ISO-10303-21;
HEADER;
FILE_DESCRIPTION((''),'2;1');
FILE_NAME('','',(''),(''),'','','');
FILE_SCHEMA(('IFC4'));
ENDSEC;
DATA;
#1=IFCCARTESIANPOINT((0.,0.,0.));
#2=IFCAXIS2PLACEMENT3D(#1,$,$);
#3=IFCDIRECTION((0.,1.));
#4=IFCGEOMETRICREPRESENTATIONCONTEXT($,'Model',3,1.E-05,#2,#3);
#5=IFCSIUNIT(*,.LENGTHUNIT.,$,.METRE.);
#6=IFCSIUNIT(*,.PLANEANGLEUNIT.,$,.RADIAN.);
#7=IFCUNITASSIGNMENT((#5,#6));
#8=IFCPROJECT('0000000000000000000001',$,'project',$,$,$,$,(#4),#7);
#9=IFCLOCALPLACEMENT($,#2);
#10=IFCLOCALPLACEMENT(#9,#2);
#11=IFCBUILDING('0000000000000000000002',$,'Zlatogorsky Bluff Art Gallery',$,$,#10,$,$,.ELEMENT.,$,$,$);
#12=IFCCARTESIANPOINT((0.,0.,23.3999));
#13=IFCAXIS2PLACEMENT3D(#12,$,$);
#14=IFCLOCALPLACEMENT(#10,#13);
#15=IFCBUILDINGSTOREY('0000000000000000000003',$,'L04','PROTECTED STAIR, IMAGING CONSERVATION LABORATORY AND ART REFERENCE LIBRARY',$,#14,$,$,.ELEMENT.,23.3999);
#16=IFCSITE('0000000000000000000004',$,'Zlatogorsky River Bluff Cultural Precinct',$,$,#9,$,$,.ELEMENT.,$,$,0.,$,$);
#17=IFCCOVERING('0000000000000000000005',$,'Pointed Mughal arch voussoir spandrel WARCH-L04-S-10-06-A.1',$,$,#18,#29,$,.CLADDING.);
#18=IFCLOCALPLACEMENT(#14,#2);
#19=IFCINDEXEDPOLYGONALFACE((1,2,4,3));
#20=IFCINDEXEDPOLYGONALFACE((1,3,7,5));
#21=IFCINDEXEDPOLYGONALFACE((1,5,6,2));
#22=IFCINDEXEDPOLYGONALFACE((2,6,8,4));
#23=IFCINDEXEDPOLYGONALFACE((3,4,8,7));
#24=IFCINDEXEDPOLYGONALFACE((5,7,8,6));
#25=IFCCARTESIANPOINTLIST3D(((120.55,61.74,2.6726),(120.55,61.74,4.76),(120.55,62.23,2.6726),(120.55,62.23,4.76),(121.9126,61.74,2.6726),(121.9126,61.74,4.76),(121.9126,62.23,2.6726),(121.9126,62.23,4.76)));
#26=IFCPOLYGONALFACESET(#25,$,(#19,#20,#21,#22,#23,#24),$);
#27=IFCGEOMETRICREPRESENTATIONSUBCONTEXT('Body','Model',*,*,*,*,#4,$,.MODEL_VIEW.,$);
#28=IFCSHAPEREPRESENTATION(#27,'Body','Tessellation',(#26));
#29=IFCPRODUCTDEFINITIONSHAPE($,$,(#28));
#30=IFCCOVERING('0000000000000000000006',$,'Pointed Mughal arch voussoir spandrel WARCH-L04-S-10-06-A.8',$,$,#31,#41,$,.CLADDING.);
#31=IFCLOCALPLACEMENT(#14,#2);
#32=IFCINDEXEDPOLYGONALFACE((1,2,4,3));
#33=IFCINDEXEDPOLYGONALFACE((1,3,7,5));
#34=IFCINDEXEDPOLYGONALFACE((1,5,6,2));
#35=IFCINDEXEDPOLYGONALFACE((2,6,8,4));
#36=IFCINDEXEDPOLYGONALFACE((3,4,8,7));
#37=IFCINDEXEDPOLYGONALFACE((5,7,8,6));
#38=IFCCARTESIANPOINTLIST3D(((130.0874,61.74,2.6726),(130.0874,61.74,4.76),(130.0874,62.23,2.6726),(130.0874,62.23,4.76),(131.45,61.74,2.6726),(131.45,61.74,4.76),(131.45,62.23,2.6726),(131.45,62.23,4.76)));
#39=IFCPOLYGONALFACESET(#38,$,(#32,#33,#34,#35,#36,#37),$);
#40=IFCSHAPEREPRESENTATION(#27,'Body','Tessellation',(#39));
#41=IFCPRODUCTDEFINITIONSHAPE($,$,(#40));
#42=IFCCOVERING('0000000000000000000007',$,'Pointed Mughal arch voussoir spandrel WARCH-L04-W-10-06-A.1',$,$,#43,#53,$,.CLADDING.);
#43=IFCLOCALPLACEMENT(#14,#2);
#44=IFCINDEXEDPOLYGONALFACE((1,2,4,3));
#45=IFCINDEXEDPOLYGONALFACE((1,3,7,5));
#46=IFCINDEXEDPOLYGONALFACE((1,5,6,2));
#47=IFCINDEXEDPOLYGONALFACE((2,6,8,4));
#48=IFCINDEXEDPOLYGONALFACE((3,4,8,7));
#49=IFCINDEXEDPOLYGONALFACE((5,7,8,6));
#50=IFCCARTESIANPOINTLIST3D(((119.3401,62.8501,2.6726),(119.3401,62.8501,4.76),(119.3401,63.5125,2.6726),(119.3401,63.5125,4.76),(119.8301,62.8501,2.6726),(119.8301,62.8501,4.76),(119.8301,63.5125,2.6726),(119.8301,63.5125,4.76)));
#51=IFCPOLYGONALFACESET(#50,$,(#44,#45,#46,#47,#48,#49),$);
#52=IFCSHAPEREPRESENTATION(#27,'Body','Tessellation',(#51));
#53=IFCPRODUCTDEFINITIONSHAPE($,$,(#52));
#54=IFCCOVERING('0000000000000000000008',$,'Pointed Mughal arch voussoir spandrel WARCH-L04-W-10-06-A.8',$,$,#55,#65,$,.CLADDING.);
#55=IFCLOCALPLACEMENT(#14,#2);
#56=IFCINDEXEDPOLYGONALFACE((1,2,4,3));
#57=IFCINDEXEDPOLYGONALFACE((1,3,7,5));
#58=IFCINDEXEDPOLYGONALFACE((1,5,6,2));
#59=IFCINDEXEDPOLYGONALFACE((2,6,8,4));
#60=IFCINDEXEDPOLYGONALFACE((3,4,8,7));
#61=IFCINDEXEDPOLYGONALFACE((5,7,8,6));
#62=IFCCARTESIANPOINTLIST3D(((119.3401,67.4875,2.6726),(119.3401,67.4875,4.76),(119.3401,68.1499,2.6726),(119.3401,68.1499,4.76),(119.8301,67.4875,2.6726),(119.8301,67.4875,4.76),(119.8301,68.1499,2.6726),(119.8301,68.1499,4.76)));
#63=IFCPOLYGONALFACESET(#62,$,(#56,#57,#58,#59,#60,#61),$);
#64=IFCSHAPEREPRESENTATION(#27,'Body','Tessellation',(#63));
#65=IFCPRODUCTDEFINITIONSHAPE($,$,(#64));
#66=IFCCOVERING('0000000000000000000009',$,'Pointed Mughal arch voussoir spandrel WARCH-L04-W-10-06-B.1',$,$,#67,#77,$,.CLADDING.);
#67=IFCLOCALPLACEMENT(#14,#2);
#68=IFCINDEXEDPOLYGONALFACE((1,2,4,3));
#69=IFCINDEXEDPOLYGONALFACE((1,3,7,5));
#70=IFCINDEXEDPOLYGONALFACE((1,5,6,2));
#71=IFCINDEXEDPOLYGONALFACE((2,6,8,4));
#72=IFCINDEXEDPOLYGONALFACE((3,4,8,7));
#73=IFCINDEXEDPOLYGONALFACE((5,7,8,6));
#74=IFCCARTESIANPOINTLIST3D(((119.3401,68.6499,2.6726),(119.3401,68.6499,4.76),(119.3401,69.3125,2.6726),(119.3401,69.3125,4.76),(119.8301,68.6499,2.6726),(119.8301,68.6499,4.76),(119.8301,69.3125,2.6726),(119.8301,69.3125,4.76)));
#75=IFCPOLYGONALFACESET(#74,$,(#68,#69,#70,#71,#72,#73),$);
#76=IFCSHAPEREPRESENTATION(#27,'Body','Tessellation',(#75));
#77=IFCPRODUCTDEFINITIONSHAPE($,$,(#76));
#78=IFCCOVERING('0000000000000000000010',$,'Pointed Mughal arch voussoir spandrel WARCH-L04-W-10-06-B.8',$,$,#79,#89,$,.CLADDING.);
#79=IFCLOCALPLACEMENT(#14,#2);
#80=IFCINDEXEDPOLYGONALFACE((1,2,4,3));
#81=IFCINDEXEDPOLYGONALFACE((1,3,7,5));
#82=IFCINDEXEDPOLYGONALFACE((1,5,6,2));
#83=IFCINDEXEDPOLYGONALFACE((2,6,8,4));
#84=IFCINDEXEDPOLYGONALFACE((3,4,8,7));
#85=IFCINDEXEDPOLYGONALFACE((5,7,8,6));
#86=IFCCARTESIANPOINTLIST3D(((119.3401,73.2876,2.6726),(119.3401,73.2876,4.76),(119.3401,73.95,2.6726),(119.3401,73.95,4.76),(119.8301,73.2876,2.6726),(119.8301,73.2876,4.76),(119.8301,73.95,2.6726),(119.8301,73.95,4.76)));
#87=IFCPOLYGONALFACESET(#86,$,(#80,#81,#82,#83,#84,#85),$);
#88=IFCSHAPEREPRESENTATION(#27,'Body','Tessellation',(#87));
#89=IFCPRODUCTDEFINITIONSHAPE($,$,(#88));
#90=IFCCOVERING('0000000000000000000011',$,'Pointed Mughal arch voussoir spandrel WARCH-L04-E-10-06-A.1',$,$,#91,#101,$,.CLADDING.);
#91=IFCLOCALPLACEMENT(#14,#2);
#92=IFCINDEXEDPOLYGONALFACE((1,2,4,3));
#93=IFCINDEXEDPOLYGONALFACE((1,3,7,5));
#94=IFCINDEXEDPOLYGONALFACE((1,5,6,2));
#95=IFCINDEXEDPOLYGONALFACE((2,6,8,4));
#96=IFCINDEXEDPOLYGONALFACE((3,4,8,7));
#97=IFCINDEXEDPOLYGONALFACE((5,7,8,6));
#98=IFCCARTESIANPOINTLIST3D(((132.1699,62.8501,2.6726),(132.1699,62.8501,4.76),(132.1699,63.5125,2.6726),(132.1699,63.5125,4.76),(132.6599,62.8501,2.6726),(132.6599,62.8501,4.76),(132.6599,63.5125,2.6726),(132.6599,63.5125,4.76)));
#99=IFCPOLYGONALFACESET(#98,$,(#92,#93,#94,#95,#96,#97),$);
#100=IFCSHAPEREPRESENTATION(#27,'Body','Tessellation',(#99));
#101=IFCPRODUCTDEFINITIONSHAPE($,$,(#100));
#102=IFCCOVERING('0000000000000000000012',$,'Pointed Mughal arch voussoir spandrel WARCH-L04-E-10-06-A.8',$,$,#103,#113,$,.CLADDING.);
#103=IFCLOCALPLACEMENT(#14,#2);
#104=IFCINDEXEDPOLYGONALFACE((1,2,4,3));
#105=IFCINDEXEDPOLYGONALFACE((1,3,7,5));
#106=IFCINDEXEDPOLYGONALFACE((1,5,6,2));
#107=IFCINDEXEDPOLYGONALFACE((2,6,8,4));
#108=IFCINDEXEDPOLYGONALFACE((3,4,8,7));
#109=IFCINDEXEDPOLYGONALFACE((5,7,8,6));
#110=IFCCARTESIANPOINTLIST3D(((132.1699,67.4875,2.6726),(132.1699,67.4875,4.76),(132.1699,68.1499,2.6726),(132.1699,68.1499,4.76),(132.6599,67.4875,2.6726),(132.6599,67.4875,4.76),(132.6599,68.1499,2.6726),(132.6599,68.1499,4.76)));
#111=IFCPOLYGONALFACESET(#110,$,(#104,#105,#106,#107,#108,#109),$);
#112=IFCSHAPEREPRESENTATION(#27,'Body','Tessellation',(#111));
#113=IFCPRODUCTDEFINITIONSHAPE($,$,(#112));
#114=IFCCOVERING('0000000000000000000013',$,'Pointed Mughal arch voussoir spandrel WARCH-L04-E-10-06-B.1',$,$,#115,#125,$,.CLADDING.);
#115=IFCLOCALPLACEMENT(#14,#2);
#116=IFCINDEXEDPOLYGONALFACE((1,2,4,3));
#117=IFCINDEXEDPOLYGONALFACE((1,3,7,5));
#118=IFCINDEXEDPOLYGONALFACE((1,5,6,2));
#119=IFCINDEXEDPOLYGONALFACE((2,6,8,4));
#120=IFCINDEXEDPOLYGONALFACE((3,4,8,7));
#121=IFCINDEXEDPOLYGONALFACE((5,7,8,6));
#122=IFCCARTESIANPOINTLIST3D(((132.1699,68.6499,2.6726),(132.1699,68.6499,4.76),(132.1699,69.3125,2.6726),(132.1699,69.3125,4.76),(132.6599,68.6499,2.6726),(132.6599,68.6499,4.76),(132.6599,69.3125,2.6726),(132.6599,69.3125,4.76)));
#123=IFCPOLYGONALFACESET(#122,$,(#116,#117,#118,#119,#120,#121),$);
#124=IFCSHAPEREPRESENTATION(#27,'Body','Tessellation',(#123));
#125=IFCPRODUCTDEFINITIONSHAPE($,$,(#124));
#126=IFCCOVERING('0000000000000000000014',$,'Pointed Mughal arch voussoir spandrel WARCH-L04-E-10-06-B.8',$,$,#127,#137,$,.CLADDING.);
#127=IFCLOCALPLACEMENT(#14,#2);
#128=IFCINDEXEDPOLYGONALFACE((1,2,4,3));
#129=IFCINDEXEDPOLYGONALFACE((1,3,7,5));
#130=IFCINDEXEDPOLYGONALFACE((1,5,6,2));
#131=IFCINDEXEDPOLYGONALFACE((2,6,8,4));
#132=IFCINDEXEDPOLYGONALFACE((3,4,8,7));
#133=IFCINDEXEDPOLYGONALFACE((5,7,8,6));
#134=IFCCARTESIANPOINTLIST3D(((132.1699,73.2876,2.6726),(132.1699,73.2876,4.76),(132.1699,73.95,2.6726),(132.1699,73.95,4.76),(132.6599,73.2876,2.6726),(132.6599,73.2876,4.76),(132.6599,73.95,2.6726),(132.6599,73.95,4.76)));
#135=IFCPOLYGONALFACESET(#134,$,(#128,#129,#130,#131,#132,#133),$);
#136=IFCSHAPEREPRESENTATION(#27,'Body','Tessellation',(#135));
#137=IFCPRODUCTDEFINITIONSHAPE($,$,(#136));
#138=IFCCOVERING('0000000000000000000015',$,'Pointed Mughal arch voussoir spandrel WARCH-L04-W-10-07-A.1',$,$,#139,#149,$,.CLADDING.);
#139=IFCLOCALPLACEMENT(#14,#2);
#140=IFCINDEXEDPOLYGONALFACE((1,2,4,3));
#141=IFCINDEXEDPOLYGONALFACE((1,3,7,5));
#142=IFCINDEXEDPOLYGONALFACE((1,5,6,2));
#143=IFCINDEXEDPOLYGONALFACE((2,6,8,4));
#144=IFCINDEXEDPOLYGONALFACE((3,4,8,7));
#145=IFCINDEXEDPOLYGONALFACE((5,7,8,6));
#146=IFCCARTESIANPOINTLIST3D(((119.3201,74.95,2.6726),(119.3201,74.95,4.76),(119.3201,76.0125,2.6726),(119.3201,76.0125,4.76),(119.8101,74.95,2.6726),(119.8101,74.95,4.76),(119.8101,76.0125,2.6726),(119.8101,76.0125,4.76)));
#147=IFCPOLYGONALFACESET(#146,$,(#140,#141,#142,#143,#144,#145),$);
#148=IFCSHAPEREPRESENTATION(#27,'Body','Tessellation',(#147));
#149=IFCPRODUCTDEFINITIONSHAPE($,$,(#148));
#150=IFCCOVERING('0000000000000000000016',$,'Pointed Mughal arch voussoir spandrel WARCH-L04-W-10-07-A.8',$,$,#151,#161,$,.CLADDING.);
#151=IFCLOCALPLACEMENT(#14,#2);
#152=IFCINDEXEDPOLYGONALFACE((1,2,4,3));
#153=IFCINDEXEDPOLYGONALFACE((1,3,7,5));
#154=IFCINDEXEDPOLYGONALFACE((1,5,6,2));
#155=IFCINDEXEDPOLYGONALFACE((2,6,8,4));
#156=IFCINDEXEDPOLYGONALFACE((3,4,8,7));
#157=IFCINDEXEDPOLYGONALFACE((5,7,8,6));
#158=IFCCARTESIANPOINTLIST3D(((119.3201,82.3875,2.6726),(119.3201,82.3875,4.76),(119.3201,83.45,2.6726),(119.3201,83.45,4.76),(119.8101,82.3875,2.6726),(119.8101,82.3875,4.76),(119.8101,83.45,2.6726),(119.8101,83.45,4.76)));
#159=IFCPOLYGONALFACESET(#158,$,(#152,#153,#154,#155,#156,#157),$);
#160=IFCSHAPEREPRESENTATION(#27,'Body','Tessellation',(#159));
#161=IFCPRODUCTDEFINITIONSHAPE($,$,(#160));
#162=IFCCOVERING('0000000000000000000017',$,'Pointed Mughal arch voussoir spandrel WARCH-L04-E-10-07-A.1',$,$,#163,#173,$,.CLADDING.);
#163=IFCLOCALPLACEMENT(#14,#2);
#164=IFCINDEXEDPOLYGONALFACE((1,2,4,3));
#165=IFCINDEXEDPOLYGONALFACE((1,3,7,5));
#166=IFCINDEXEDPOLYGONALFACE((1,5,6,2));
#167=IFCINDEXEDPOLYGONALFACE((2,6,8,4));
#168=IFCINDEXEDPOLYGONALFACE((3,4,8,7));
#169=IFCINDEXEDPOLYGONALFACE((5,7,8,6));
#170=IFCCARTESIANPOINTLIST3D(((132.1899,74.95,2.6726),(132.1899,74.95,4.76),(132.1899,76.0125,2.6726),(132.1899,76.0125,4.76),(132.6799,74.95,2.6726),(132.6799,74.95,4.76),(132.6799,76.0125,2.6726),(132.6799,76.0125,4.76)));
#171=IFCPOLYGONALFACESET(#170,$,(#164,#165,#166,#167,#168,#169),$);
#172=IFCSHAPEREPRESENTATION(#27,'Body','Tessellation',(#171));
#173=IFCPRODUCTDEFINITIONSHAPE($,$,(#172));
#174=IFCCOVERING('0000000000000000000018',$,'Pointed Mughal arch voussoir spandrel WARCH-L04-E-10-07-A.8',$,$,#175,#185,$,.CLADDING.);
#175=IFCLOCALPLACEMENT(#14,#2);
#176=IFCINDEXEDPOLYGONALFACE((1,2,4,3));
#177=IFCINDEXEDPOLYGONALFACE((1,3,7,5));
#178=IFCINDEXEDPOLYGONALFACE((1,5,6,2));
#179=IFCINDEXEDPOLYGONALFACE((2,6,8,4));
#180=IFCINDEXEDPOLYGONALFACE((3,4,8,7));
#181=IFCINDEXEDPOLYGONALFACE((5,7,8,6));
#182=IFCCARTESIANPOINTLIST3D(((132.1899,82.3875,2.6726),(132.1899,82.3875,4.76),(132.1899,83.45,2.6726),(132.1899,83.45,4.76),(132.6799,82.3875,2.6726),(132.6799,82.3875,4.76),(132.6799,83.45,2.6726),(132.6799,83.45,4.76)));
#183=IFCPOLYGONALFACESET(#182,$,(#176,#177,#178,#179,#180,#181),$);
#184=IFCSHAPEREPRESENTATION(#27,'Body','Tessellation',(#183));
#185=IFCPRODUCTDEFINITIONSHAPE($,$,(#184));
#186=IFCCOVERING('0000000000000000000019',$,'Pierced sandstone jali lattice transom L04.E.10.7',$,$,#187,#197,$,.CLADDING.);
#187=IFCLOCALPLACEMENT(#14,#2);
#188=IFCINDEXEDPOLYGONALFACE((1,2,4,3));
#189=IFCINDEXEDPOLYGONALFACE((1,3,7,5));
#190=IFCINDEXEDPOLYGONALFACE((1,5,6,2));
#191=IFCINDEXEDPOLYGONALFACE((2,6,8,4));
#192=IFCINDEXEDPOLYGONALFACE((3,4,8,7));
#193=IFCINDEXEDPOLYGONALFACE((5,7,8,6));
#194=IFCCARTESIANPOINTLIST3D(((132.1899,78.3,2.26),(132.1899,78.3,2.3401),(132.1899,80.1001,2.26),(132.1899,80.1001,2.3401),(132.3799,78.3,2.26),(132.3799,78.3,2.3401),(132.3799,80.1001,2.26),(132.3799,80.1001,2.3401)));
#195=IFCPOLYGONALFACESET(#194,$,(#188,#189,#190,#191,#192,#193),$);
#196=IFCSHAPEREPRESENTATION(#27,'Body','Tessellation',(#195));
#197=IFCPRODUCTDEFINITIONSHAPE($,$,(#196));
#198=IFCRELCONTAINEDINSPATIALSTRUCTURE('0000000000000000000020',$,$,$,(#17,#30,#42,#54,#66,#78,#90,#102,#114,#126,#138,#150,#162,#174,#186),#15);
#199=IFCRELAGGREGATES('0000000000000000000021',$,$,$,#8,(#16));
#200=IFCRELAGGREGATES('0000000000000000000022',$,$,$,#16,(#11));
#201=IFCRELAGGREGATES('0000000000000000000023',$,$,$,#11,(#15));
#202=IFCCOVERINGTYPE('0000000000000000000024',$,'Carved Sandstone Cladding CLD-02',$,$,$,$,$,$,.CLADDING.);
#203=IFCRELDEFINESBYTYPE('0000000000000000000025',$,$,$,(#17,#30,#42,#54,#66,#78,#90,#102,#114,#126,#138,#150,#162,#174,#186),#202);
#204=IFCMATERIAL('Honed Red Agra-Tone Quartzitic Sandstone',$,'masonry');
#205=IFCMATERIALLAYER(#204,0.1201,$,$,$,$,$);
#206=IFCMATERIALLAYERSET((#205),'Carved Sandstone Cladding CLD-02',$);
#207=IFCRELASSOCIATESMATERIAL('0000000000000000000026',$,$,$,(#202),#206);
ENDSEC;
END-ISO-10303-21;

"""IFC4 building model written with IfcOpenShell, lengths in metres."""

from ifc_helpers import new_model, si_unit, direction, frame, origin, place, context, subcontext, project, spatial, polyline, outline, extrude, material, layer, layer_set, type_object, element, save


model = new_model("IFC4")

# Units and contexts
model_context = context("Model", 3, precision=1e-05, world=origin(), true_north=direction((0.0, 1.0)))
body_context = subcontext(model_context, "Body", "Model", "MODEL_VIEW")
ifc_project = project(units=[si_unit("LENGTHUNIT", "METRE"), si_unit("PLANEANGLEUNIT", "RADIAN")], contexts=[model_context])

# Site, building, storey
site_placement = place(None, origin())
site = spatial("IfcSite", under=ifc_project, at=site_placement, Name="Zlatogorsky River Bluff Cultural Precinct", CompositionType="ELEMENT", RefElevation=0.0)
building_placement = place(site_placement, origin())
building = spatial("IfcBuilding", under=site, at=building_placement, Name="Zlatogorsky Bluff Art Gallery", CompositionType="ELEMENT")
storey_placement = place(building_placement, frame((0.0, 0.0, 23.3999)))
storey = spatial("IfcBuildingStorey", under=building, at=storey_placement, Name="L04", Description="PROTECTED STAIR, IMAGING CONSERVATION LABORATORY AND ART REFERENCE LIBRARY", CompositionType="ELEMENT", Elevation=23.3999)

# Coverings
ifc_material = material(Name="Honed Red Agra-Tone Quartzitic Sandstone", Category="masonry")
ifc_layer = layer(ifc_material, 0.1201)
ifc_layer_set = layer_set([ifc_layer], Name="Carved Sandstone Cladding CLD-02")
covering_type = type_object("IfcCoveringType", Name="Carved Sandstone Cladding CLD-02", PredefinedType="CLADDING", material=ifc_layer_set)
covering_1_placement = place(storey_placement, frame((0.0, 0.0, 2.6726)))
element("IfcCovering", 1, at=covering_1_placement, inside=storey, type_object=covering_type, Name="Pointed Mughal arch voussoir spandrel WARCH-L04-S-10-06-A.1", PredefinedType="CLADDING", context=body_context, shape_type="SweptSolid", body=[
    extrude(outline(polyline([(120.55, 61.74), (121.9126, 61.74), (121.9126, 62.23), (120.55, 62.23), (120.55, 61.74)])), origin(), (0.0, 0.0, 1.0), 2.0874),
])
covering_2_placement = place(storey_placement, frame((0.0, 0.0, 2.6726)))
element("IfcCovering", 2, at=covering_2_placement, inside=storey, type_object=covering_type, Name="Pointed Mughal arch voussoir spandrel WARCH-L04-S-10-06-A.8", PredefinedType="CLADDING", context=body_context, shape_type="SweptSolid", body=[
    extrude(outline(polyline([(130.0874, 61.74), (131.45, 61.74), (131.45, 62.23), (130.0874, 62.23), (130.0874, 61.74)])), origin(), (0.0, 0.0, 1.0), 2.0874),
])
covering_3_placement = place(storey_placement, frame((0.0, 0.0, 2.6726)))
element("IfcCovering", 3, at=covering_3_placement, inside=storey, type_object=covering_type, Name="Pointed Mughal arch voussoir spandrel WARCH-L04-W-10-06-A.1", PredefinedType="CLADDING", context=body_context, shape_type="SweptSolid", body=[
    extrude(outline(polyline([(119.3401, 62.8501), (119.3401, 63.5125), (119.8301, 63.5125), (119.8301, 62.8501), (119.3401, 62.8501)])), origin(), (0.0, 0.0, 1.0), 2.0874),
])
covering_4_placement = place(storey_placement, frame((0.0, 0.0, 2.6726)))
element("IfcCovering", 4, at=covering_4_placement, inside=storey, type_object=covering_type, Name="Pointed Mughal arch voussoir spandrel WARCH-L04-W-10-06-A.8", PredefinedType="CLADDING", context=body_context, shape_type="SweptSolid", body=[
    extrude(outline(polyline([(119.3401, 67.4875), (119.3401, 68.1499), (119.8301, 68.1499), (119.8301, 67.4875), (119.3401, 67.4875)])), origin(), (0.0, 0.0, 1.0), 2.0874),
])
covering_5_placement = place(storey_placement, frame((0.0, 0.0, 2.6726)))
element("IfcCovering", 5, at=covering_5_placement, inside=storey, type_object=covering_type, Name="Pointed Mughal arch voussoir spandrel WARCH-L04-W-10-06-B.1", PredefinedType="CLADDING", context=body_context, shape_type="SweptSolid", body=[
    extrude(outline(polyline([(119.3401, 68.6499), (119.3401, 69.3125), (119.8301, 69.3125), (119.8301, 68.6499), (119.3401, 68.6499)])), origin(), (0.0, 0.0, 1.0), 2.0874),
])
covering_6_placement = place(storey_placement, frame((0.0, 0.0, 2.6726)))
element("IfcCovering", 6, at=covering_6_placement, inside=storey, type_object=covering_type, Name="Pointed Mughal arch voussoir spandrel WARCH-L04-W-10-06-B.8", PredefinedType="CLADDING", context=body_context, shape_type="SweptSolid", body=[
    extrude(outline(polyline([(119.3401, 73.2876), (119.3401, 73.95), (119.8301, 73.95), (119.8301, 73.2876), (119.3401, 73.2876)])), origin(), (0.0, 0.0, 1.0), 2.0874),
])
covering_7_placement = place(storey_placement, frame((0.0, 0.0, 2.6726)))
element("IfcCovering", 7, at=covering_7_placement, inside=storey, type_object=covering_type, Name="Pointed Mughal arch voussoir spandrel WARCH-L04-E-10-06-A.1", PredefinedType="CLADDING", context=body_context, shape_type="SweptSolid", body=[
    extrude(outline(polyline([(132.1699, 62.8501), (132.1699, 63.5125), (132.6599, 63.5125), (132.6599, 62.8501), (132.1699, 62.8501)])), origin(), (0.0, 0.0, 1.0), 2.0874),
])
covering_8_placement = place(storey_placement, frame((0.0, 0.0, 2.6726)))
element("IfcCovering", 8, at=covering_8_placement, inside=storey, type_object=covering_type, Name="Pointed Mughal arch voussoir spandrel WARCH-L04-E-10-06-A.8", PredefinedType="CLADDING", context=body_context, shape_type="SweptSolid", body=[
    extrude(outline(polyline([(132.1699, 67.4875), (132.1699, 68.1499), (132.6599, 68.1499), (132.6599, 67.4875), (132.1699, 67.4875)])), origin(), (0.0, 0.0, 1.0), 2.0874),
])
covering_9_placement = place(storey_placement, frame((0.0, 0.0, 2.6726)))
element("IfcCovering", 9, at=covering_9_placement, inside=storey, type_object=covering_type, Name="Pointed Mughal arch voussoir spandrel WARCH-L04-E-10-06-B.1", PredefinedType="CLADDING", context=body_context, shape_type="SweptSolid", body=[
    extrude(outline(polyline([(132.1699, 68.6499), (132.1699, 69.3125), (132.6599, 69.3125), (132.6599, 68.6499), (132.1699, 68.6499)])), origin(), (0.0, 0.0, 1.0), 2.0874),
])
covering_10_placement = place(storey_placement, frame((0.0, 0.0, 2.6726)))
element("IfcCovering", 10, at=covering_10_placement, inside=storey, type_object=covering_type, Name="Pointed Mughal arch voussoir spandrel WARCH-L04-E-10-06-B.8", PredefinedType="CLADDING", context=body_context, shape_type="SweptSolid", body=[
    extrude(outline(polyline([(132.1699, 73.2876), (132.1699, 73.95), (132.6599, 73.95), (132.6599, 73.2876), (132.1699, 73.2876)])), origin(), (0.0, 0.0, 1.0), 2.0874),
])
covering_11_placement = place(storey_placement, frame((0.0, 0.0, 2.6726)))
element("IfcCovering", 11, at=covering_11_placement, inside=storey, type_object=covering_type, Name="Pointed Mughal arch voussoir spandrel WARCH-L04-W-10-07-A.1", PredefinedType="CLADDING", context=body_context, shape_type="SweptSolid", body=[
    extrude(outline(polyline([(119.3201, 74.95), (119.3201, 76.0125), (119.8101, 76.0125), (119.8101, 74.95), (119.3201, 74.95)])), origin(), (0.0, 0.0, 1.0), 2.0874),
])
covering_12_placement = place(storey_placement, frame((0.0, 0.0, 2.6726)))
element("IfcCovering", 12, at=covering_12_placement, inside=storey, type_object=covering_type, Name="Pointed Mughal arch voussoir spandrel WARCH-L04-W-10-07-A.8", PredefinedType="CLADDING", context=body_context, shape_type="SweptSolid", body=[
    extrude(outline(polyline([(119.3201, 82.3875), (119.3201, 83.45), (119.8101, 83.45), (119.8101, 82.3875), (119.3201, 82.3875)])), origin(), (0.0, 0.0, 1.0), 2.0874),
])
covering_13_placement = place(storey_placement, frame((0.0, 0.0, 2.6726)))
element("IfcCovering", 13, at=covering_13_placement, inside=storey, type_object=covering_type, Name="Pointed Mughal arch voussoir spandrel WARCH-L04-E-10-07-A.1", PredefinedType="CLADDING", context=body_context, shape_type="SweptSolid", body=[
    extrude(outline(polyline([(132.1899, 74.95), (132.1899, 76.0125), (132.6799, 76.0125), (132.6799, 74.95), (132.1899, 74.95)])), origin(), (0.0, 0.0, 1.0), 2.0874),
])
covering_14_placement = place(storey_placement, frame((0.0, 0.0, 2.6726)))
element("IfcCovering", 14, at=covering_14_placement, inside=storey, type_object=covering_type, Name="Pointed Mughal arch voussoir spandrel WARCH-L04-E-10-07-A.8", PredefinedType="CLADDING", context=body_context, shape_type="SweptSolid", body=[
    extrude(outline(polyline([(132.1899, 82.3875), (132.1899, 83.45), (132.6799, 83.45), (132.6799, 82.3875), (132.1899, 82.3875)])), origin(), (0.0, 0.0, 1.0), 2.0874),
])
covering_15_placement = place(storey_placement, frame((0.0, 0.0, 2.26)))
element("IfcCovering", 15, at=covering_15_placement, inside=storey, type_object=covering_type, Name="Pierced sandstone jali lattice transom L04.E.10.7", PredefinedType="CLADDING", context=body_context, shape_type="SweptSolid", body=[
    extrude(outline(polyline([(132.1899, 78.3), (132.1899, 80.1001), (132.3799, 80.1001), (132.3799, 78.3), (132.1899, 78.3)])), origin(), (0.0, 0.0, 1.0), 0.0801),
])

save(model, "model.ifc")
